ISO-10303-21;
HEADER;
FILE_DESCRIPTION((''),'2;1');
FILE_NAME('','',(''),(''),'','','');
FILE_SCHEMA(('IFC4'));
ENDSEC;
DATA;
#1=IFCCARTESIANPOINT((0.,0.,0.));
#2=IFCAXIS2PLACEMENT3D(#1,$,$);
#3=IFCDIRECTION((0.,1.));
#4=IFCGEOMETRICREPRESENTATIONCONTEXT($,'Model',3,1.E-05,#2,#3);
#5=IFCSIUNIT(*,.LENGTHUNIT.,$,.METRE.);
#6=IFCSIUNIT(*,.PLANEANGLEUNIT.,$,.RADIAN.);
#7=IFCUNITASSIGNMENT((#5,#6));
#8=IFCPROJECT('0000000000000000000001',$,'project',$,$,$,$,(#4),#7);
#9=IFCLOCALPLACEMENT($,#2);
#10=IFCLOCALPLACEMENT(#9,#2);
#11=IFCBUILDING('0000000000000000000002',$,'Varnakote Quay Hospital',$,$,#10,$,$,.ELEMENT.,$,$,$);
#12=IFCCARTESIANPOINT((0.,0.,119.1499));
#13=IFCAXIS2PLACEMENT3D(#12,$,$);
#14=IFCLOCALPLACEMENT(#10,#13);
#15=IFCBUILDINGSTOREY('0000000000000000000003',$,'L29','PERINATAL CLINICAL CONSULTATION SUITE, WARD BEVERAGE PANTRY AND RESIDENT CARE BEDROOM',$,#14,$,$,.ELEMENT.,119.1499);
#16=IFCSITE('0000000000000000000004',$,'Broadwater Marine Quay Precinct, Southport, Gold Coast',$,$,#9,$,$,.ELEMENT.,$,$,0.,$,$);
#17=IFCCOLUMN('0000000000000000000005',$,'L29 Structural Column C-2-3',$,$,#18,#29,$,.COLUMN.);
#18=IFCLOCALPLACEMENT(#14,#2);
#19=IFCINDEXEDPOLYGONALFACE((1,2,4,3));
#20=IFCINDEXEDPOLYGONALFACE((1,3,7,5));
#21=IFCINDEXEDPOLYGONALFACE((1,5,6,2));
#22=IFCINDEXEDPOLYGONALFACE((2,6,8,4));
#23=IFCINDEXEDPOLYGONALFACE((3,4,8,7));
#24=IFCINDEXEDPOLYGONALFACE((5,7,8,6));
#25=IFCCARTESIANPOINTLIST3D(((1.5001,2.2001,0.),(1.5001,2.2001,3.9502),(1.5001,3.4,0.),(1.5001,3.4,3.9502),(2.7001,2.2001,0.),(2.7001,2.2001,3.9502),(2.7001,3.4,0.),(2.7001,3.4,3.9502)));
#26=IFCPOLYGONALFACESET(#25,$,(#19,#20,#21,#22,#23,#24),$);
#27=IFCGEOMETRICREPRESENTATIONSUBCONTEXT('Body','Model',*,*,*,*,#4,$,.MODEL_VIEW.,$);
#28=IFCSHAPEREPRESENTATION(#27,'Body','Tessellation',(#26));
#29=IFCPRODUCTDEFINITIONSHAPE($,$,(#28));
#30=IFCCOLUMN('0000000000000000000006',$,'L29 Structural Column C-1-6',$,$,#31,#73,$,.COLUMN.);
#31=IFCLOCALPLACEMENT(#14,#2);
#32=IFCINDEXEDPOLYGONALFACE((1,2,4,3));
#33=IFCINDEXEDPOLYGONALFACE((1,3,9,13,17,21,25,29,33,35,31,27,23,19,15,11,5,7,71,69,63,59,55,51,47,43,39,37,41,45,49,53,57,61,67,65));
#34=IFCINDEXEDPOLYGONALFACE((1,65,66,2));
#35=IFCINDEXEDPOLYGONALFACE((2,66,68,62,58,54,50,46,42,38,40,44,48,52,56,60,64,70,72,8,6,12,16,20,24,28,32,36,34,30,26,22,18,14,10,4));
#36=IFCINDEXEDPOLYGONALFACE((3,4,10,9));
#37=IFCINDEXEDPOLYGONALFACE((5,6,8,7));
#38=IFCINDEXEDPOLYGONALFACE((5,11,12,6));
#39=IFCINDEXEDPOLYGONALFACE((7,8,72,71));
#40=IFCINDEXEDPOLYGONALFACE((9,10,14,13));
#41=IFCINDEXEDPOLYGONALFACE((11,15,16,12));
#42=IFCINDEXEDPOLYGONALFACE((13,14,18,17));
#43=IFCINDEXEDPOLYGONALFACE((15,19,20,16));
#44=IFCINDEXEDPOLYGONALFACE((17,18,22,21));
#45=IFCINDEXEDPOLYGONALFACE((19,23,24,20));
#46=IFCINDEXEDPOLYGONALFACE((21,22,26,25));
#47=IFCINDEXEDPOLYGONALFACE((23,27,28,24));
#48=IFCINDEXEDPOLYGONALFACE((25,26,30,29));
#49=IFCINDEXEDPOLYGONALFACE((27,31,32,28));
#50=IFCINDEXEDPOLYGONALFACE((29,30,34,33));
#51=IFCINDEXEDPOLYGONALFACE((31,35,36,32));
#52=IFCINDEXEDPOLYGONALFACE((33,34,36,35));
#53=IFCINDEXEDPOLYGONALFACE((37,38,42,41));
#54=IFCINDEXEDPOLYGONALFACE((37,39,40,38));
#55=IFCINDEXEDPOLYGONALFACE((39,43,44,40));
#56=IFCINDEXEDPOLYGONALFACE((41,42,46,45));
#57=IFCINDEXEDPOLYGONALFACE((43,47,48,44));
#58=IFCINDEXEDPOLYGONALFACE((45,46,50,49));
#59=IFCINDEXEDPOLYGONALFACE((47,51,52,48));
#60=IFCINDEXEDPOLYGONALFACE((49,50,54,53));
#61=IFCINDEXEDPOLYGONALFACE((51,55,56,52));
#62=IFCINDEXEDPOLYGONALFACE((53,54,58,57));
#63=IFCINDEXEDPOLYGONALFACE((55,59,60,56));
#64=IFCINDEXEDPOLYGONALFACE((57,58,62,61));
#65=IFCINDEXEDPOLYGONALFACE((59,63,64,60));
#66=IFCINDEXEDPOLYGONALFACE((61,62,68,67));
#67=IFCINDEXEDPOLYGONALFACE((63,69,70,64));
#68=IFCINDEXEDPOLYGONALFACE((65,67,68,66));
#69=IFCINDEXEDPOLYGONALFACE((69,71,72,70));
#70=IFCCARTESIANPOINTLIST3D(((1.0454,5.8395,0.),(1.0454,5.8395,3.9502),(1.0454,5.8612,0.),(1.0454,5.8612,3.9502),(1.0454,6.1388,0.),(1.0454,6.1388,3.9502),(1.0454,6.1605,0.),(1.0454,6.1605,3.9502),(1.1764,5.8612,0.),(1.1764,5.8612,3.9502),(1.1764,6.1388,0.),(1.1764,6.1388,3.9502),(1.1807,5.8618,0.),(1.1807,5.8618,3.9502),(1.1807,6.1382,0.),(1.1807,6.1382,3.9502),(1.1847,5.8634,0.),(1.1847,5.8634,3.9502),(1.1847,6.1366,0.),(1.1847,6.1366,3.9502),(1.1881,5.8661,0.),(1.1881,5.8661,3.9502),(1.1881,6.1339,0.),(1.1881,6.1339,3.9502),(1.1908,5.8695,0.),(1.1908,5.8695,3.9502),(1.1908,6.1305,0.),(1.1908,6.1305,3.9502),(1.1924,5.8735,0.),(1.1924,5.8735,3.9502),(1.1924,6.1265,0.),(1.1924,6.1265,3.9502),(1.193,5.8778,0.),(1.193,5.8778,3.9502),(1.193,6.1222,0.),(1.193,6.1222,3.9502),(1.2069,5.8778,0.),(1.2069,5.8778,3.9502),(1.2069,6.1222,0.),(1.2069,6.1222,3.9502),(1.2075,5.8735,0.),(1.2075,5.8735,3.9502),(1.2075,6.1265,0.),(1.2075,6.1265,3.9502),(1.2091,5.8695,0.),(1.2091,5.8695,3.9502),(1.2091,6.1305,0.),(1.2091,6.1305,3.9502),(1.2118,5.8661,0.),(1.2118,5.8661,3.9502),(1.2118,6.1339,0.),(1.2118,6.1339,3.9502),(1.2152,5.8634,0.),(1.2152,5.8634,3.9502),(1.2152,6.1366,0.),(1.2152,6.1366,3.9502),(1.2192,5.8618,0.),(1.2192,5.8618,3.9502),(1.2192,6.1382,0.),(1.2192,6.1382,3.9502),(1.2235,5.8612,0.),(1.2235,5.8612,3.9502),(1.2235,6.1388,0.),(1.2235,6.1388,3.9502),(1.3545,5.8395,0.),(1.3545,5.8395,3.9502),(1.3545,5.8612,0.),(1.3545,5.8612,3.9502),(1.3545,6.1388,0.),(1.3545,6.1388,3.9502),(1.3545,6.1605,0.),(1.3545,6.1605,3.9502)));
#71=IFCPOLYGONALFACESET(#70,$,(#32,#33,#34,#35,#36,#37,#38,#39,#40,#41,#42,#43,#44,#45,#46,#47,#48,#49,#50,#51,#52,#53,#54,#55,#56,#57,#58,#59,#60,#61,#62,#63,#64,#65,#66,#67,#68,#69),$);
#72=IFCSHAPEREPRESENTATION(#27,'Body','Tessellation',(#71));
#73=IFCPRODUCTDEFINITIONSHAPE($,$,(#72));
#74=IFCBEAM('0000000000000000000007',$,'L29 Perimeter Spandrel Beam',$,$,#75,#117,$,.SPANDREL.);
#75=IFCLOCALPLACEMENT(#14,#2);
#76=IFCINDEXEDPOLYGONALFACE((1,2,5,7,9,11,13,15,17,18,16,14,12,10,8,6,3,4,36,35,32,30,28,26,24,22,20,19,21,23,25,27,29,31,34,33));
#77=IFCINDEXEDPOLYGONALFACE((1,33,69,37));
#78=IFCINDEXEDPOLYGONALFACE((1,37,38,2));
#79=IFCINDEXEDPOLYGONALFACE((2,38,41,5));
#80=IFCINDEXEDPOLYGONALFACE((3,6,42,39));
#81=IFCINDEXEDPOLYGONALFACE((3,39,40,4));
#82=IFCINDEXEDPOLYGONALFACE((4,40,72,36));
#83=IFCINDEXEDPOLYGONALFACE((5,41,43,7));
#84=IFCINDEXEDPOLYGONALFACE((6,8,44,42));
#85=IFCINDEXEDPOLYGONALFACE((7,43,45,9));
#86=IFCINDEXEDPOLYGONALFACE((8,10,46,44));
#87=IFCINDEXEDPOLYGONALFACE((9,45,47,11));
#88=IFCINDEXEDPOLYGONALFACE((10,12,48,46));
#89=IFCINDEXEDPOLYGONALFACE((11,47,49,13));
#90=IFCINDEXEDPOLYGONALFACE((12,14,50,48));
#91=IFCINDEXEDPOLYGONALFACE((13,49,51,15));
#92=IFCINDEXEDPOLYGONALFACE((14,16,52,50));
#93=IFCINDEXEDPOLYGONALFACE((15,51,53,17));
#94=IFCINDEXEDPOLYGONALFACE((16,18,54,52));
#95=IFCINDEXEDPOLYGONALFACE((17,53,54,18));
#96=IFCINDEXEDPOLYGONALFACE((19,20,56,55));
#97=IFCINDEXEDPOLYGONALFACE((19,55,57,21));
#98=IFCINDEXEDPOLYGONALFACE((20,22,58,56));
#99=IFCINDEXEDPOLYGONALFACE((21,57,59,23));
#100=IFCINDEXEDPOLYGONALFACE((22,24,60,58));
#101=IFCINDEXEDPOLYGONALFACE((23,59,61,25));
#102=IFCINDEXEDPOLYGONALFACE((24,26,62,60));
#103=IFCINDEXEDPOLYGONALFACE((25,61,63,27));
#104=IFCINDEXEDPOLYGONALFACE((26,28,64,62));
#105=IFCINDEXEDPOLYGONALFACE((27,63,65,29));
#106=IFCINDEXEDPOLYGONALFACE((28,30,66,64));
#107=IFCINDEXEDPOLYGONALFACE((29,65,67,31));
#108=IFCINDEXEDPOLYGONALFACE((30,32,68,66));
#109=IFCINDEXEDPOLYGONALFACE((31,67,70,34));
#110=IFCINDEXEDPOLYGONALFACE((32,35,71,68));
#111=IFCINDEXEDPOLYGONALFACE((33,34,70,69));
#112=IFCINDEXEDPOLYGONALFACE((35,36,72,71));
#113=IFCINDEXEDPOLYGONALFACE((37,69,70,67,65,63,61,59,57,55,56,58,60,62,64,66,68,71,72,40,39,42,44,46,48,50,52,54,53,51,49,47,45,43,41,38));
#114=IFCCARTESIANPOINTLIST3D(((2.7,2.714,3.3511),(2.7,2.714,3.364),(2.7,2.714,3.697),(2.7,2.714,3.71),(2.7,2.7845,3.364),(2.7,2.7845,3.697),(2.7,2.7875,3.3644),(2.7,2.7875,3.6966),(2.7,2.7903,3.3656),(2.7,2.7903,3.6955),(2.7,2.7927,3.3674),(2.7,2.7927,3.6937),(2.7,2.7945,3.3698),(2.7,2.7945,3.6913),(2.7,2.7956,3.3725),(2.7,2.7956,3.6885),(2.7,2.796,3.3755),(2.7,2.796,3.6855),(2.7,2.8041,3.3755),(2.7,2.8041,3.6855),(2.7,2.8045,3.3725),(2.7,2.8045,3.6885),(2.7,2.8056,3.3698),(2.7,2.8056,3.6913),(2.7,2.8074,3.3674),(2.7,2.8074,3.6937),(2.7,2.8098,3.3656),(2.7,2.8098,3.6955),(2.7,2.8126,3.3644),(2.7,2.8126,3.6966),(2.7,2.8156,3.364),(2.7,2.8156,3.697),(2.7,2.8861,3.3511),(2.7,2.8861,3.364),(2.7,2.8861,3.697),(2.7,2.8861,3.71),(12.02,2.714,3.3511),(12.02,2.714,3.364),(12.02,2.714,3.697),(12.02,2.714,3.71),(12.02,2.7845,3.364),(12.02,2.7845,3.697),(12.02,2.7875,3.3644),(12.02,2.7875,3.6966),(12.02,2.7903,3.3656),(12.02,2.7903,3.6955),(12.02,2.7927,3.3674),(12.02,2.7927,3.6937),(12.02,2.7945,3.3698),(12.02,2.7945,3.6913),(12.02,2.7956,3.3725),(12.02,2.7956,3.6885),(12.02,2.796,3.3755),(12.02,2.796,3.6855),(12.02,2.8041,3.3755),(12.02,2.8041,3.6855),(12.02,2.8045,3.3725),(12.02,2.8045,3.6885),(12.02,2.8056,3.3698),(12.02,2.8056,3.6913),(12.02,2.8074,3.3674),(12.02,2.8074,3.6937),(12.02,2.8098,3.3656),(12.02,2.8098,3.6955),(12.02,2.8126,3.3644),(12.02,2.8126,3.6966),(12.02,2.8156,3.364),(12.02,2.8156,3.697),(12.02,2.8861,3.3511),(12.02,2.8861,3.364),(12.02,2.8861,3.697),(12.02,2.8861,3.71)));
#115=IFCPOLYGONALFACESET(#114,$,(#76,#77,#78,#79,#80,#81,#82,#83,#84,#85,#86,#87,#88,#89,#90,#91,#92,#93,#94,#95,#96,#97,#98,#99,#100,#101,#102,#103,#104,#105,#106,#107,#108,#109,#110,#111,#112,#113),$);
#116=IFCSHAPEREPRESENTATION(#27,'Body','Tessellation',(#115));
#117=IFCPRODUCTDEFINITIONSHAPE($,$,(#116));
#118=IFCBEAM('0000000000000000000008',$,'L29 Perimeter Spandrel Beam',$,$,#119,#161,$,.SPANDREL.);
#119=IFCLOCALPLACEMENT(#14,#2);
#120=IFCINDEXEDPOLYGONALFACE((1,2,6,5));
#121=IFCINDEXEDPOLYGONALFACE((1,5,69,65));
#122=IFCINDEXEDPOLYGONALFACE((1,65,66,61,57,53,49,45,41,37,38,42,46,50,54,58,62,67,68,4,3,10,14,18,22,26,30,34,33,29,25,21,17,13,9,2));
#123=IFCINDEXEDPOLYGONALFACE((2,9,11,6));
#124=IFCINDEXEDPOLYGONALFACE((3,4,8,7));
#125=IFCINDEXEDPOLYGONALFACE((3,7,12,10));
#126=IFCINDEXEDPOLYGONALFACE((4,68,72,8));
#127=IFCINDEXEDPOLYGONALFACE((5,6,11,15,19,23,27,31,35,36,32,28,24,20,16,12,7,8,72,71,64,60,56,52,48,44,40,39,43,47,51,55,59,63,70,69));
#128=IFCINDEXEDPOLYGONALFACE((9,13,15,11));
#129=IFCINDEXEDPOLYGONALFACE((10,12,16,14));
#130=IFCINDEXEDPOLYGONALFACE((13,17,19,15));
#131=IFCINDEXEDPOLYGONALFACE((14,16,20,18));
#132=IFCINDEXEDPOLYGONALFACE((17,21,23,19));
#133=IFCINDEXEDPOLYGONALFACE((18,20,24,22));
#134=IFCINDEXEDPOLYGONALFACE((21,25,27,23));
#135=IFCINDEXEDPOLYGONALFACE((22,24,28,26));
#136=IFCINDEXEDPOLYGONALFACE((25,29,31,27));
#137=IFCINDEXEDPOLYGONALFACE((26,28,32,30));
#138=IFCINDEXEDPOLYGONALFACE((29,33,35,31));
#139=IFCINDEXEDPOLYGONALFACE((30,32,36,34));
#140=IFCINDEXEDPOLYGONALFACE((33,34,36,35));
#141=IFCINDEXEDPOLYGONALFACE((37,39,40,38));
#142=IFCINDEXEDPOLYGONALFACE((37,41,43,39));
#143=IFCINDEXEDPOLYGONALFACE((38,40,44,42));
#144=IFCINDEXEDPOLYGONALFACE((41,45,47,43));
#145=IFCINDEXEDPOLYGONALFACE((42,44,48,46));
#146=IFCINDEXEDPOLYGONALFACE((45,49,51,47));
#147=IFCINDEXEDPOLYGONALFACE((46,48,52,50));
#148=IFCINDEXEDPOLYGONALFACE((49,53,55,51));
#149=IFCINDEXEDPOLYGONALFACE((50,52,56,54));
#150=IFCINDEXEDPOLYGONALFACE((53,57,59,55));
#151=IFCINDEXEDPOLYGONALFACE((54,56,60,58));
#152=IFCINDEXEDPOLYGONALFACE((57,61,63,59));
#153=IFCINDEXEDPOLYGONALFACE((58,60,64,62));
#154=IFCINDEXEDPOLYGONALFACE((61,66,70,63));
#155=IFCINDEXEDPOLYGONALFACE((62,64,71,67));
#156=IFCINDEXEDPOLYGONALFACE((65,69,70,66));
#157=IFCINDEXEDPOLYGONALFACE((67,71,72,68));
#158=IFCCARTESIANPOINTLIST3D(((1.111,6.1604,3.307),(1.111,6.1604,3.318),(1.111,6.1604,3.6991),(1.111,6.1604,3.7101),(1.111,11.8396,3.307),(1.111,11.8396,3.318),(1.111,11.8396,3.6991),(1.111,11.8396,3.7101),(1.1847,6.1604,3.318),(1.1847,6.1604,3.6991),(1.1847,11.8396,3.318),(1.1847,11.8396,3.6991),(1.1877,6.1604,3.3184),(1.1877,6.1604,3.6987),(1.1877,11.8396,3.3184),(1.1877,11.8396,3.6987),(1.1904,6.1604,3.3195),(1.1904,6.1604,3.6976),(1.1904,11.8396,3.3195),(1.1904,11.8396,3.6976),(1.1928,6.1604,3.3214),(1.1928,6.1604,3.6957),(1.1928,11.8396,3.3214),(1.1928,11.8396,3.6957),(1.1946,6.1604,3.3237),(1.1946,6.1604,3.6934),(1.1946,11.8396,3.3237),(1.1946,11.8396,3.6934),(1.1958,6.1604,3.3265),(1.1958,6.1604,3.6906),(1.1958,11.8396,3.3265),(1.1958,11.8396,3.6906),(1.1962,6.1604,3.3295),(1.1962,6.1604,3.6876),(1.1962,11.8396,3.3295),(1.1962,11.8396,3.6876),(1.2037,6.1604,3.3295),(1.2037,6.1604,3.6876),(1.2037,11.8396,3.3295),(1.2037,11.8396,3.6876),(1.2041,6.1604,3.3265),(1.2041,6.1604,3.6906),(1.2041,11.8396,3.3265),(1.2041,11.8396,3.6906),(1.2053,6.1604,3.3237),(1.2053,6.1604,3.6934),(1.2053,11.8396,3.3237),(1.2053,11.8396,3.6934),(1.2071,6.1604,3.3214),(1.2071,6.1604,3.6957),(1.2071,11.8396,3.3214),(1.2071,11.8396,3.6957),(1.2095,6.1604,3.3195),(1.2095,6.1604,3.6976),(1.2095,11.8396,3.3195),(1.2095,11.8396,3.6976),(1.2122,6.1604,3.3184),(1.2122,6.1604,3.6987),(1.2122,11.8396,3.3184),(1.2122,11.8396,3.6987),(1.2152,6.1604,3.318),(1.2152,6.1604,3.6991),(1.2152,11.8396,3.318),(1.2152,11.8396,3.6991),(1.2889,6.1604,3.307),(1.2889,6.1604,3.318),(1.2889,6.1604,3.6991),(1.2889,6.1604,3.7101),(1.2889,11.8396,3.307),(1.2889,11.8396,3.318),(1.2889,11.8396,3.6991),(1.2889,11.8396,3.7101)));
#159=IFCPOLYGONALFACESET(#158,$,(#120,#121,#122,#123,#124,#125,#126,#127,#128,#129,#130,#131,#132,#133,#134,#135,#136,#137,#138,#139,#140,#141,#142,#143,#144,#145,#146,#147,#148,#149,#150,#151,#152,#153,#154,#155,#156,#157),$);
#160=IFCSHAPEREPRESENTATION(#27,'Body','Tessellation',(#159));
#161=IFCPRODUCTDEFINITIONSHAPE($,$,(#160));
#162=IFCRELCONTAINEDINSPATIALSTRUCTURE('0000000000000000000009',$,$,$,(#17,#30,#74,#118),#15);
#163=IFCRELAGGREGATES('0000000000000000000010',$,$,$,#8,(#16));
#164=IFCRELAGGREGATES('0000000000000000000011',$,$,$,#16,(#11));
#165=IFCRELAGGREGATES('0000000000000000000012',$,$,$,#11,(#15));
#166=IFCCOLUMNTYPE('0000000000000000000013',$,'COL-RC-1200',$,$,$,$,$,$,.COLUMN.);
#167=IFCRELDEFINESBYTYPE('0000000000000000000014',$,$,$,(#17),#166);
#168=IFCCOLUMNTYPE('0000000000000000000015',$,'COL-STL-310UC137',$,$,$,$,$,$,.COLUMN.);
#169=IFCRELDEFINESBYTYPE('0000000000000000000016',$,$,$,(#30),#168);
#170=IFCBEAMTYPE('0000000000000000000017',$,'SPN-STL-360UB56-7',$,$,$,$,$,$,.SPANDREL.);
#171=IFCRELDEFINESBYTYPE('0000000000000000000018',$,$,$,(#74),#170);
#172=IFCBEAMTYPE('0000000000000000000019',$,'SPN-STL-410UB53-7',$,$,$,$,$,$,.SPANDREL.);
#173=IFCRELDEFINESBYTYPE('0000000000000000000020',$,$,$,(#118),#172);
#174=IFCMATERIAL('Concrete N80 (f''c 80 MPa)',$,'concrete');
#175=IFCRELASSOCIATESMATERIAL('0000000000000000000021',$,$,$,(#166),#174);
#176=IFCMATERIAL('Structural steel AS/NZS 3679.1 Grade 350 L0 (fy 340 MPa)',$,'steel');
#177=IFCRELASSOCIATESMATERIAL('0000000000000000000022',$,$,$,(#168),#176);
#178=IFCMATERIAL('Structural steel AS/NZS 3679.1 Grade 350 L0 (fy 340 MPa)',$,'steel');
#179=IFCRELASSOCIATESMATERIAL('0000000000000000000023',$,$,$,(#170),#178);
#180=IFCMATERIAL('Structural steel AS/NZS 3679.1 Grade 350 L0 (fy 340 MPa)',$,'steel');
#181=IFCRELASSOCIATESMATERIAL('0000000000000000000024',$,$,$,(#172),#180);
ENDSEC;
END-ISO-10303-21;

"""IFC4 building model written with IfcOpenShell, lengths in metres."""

from ifc_helpers import new_model, si_unit, direction, frame, origin, origin_2d, place, context, subcontext, project, spatial, rectangle, i_section, extrude, material, material_profile, profile_set, type_object, element, save


model = new_model("IFC4")

# Units and contexts
model_context = context("Model", 3, precision=1e-05, world=origin(), true_north=direction((0.0, 1.0)))
body_context = subcontext(model_context, "Body", "Model", "MODEL_VIEW")
ifc_project = project(units=[si_unit("LENGTHUNIT", "METRE"), si_unit("PLANEANGLEUNIT", "RADIAN")], contexts=[model_context])

# Site, building, storey
site_placement = place(None, origin())
site = spatial("IfcSite", under=ifc_project, at=site_placement, Name="Broadwater Marine Quay Precinct, Southport, Gold Coast", CompositionType="ELEMENT", RefElevation=0.0)
building_placement = place(site_placement, origin())
building = spatial("IfcBuilding", under=site, at=building_placement, Name="Varnakote Quay Hospital", CompositionType="ELEMENT")
storey_placement = place(building_placement, frame((0.0, 0.0, 119.1499)))
storey = spatial("IfcBuildingStorey", under=building, at=storey_placement, Name="L29", Description="PERINATAL CLINICAL CONSULTATION SUITE, WARD BEVERAGE PANTRY AND RESIDENT CARE BEDROOM", CompositionType="ELEMENT", Elevation=119.1499)

# Columns
ifc_material_1 = material(Name="Concrete N80 (f'c 80 MPa)", Category="concrete")
ifc_material_profile_1 = material_profile(ifc_material_1, rectangle(XDim=1.2, YDim=1.2, at=origin_2d()), Name="RC-COL-1200x1200")
ifc_profile_set_1 = profile_set([ifc_material_profile_1], Name="Concrete N80 (f'c 80 MPa)")
column_type_1 = type_object("IfcColumnType", Name="COL-RC-1200", PredefinedType="COLUMN", material=ifc_profile_set_1)
column_1_placement = place(storey_placement, frame((2.1001, 2.8, 0.0), z_axis=(0.0, 0.0, 1.0), x_axis=(1.0, 0.0, 0.0)))
element("IfcColumn", 1, at=column_1_placement, inside=storey, type_object=column_type_1, Name="L29 Structural Column C-2-3", PredefinedType="COLUMN", context=body_context, shape_type="SweptSolid", body=[
    extrude(rectangle(XDim=1.2, YDim=1.2, at=origin_2d()), origin(), (0.0, 0.0, 1.0), 3.9502),
])
ifc_material_2 = material(Name="Structural steel AS/NZS 3679.1 Grade 350 L0 (fy 340 MPa)", Category="steel")
ifc_material_profile_2 = material_profile(ifc_material_2, i_section(OverallWidth=0.3091, OverallDepth=0.321, WebThickness=0.0139, FlangeThickness=0.0217, FilletRadius=0.0166, at=origin_2d()), Name="310UC137")
ifc_profile_set_2 = profile_set([ifc_material_profile_2], Name="Structural steel AS/NZS 3679.1 Grade 350 L0 (fy 340 MPa)")
column_type_2 = type_object("IfcColumnType", Name="COL-STL-310UC137", PredefinedType="COLUMN", material=ifc_profile_set_2)
column_2_placement = place(storey_placement, frame((1.2, 6.0, 0.0), z_axis=(0.0, 0.0, 1.0), x_axis=(1.0, 0.0, 0.0)))
element("IfcColumn", 2, at=column_2_placement, inside=storey, type_object=column_type_2, Name="L29 Structural Column C-1-6", PredefinedType="COLUMN", context=body_context, shape_type="SweptSolid", body=[
    extrude(i_section(OverallWidth=0.3091, OverallDepth=0.321, WebThickness=0.0139, FlangeThickness=0.0217, FilletRadius=0.0166, at=origin_2d()), origin(), (0.0, 0.0, 1.0), 3.9502),
])

# Beams
ifc_material_3 = material(Name="Structural steel AS/NZS 3679.1 Grade 350 L0 (fy 340 MPa)", Category="steel")
ifc_material_profile_3 = material_profile(ifc_material_3, i_section(OverallWidth=0.1721, OverallDepth=0.3589, WebThickness=0.0081, FlangeThickness=0.0129, FilletRadius=0.0115, at=origin_2d()), Name="360UB56.7")
ifc_profile_set_3 = profile_set([ifc_material_profile_3], Name="Structural steel AS/NZS 3679.1 Grade 350 L0 (fy 340 MPa)")
beam_type_1 = type_object("IfcBeamType", Name="SPN-STL-360UB56-7", PredefinedType="SPANDREL", material=ifc_profile_set_3)
beam_1_placement = place(storey_placement, frame((2.7, 2.8, 3.5305), z_axis=(1.0, 0.0, 0.0), x_axis=(0.0, 1.0, 0.0)))
element("IfcBeam", 3, at=beam_1_placement, inside=storey, type_object=beam_type_1, Name="L29 Perimeter Spandrel Beam", PredefinedType="SPANDREL", context=body_context, shape_type="SweptSolid", body=[
    extrude(i_section(OverallWidth=0.1721, OverallDepth=0.3589, WebThickness=0.0081, FlangeThickness=0.0129, FilletRadius=0.0115, at=origin_2d()), origin(), (0.0, 0.0, 1.0), 9.3201),
])
ifc_material_4 = material(Name="Structural steel AS/NZS 3679.1 Grade 350 L0 (fy 340 MPa)", Category="steel")
ifc_material_profile_4 = material_profile(ifc_material_4, i_section(OverallWidth=0.178, OverallDepth=0.4031, WebThickness=0.0076, FlangeThickness=0.011, FilletRadius=0.0115, at=origin_2d()), Name="410UB53.7")
ifc_profile_set_4 = profile_set([ifc_material_profile_4], Name="Structural steel AS/NZS 3679.1 Grade 350 L0 (fy 340 MPa)")
beam_type_2 = type_object("IfcBeamType", Name="SPN-STL-410UB53-7", PredefinedType="SPANDREL", material=ifc_profile_set_4)
beam_2_placement = place(storey_placement, frame((1.2, 6.1604, 3.5085), z_axis=(0.0, 1.0, 0.0), x_axis=(-1.0, 0.0, 0.0)))
element("IfcBeam", 4, at=beam_2_placement, inside=storey, type_object=beam_type_2, Name="L29 Perimeter Spandrel Beam", PredefinedType="SPANDREL", context=body_context, shape_type="SweptSolid", body=[
    extrude(i_section(OverallWidth=0.178, OverallDepth=0.4031, WebThickness=0.0076, FlangeThickness=0.011, FilletRadius=0.0115, at=origin_2d()), origin(), (0.0, 0.0, 1.0), 5.6792),
])

save(model, "model.ifc")
